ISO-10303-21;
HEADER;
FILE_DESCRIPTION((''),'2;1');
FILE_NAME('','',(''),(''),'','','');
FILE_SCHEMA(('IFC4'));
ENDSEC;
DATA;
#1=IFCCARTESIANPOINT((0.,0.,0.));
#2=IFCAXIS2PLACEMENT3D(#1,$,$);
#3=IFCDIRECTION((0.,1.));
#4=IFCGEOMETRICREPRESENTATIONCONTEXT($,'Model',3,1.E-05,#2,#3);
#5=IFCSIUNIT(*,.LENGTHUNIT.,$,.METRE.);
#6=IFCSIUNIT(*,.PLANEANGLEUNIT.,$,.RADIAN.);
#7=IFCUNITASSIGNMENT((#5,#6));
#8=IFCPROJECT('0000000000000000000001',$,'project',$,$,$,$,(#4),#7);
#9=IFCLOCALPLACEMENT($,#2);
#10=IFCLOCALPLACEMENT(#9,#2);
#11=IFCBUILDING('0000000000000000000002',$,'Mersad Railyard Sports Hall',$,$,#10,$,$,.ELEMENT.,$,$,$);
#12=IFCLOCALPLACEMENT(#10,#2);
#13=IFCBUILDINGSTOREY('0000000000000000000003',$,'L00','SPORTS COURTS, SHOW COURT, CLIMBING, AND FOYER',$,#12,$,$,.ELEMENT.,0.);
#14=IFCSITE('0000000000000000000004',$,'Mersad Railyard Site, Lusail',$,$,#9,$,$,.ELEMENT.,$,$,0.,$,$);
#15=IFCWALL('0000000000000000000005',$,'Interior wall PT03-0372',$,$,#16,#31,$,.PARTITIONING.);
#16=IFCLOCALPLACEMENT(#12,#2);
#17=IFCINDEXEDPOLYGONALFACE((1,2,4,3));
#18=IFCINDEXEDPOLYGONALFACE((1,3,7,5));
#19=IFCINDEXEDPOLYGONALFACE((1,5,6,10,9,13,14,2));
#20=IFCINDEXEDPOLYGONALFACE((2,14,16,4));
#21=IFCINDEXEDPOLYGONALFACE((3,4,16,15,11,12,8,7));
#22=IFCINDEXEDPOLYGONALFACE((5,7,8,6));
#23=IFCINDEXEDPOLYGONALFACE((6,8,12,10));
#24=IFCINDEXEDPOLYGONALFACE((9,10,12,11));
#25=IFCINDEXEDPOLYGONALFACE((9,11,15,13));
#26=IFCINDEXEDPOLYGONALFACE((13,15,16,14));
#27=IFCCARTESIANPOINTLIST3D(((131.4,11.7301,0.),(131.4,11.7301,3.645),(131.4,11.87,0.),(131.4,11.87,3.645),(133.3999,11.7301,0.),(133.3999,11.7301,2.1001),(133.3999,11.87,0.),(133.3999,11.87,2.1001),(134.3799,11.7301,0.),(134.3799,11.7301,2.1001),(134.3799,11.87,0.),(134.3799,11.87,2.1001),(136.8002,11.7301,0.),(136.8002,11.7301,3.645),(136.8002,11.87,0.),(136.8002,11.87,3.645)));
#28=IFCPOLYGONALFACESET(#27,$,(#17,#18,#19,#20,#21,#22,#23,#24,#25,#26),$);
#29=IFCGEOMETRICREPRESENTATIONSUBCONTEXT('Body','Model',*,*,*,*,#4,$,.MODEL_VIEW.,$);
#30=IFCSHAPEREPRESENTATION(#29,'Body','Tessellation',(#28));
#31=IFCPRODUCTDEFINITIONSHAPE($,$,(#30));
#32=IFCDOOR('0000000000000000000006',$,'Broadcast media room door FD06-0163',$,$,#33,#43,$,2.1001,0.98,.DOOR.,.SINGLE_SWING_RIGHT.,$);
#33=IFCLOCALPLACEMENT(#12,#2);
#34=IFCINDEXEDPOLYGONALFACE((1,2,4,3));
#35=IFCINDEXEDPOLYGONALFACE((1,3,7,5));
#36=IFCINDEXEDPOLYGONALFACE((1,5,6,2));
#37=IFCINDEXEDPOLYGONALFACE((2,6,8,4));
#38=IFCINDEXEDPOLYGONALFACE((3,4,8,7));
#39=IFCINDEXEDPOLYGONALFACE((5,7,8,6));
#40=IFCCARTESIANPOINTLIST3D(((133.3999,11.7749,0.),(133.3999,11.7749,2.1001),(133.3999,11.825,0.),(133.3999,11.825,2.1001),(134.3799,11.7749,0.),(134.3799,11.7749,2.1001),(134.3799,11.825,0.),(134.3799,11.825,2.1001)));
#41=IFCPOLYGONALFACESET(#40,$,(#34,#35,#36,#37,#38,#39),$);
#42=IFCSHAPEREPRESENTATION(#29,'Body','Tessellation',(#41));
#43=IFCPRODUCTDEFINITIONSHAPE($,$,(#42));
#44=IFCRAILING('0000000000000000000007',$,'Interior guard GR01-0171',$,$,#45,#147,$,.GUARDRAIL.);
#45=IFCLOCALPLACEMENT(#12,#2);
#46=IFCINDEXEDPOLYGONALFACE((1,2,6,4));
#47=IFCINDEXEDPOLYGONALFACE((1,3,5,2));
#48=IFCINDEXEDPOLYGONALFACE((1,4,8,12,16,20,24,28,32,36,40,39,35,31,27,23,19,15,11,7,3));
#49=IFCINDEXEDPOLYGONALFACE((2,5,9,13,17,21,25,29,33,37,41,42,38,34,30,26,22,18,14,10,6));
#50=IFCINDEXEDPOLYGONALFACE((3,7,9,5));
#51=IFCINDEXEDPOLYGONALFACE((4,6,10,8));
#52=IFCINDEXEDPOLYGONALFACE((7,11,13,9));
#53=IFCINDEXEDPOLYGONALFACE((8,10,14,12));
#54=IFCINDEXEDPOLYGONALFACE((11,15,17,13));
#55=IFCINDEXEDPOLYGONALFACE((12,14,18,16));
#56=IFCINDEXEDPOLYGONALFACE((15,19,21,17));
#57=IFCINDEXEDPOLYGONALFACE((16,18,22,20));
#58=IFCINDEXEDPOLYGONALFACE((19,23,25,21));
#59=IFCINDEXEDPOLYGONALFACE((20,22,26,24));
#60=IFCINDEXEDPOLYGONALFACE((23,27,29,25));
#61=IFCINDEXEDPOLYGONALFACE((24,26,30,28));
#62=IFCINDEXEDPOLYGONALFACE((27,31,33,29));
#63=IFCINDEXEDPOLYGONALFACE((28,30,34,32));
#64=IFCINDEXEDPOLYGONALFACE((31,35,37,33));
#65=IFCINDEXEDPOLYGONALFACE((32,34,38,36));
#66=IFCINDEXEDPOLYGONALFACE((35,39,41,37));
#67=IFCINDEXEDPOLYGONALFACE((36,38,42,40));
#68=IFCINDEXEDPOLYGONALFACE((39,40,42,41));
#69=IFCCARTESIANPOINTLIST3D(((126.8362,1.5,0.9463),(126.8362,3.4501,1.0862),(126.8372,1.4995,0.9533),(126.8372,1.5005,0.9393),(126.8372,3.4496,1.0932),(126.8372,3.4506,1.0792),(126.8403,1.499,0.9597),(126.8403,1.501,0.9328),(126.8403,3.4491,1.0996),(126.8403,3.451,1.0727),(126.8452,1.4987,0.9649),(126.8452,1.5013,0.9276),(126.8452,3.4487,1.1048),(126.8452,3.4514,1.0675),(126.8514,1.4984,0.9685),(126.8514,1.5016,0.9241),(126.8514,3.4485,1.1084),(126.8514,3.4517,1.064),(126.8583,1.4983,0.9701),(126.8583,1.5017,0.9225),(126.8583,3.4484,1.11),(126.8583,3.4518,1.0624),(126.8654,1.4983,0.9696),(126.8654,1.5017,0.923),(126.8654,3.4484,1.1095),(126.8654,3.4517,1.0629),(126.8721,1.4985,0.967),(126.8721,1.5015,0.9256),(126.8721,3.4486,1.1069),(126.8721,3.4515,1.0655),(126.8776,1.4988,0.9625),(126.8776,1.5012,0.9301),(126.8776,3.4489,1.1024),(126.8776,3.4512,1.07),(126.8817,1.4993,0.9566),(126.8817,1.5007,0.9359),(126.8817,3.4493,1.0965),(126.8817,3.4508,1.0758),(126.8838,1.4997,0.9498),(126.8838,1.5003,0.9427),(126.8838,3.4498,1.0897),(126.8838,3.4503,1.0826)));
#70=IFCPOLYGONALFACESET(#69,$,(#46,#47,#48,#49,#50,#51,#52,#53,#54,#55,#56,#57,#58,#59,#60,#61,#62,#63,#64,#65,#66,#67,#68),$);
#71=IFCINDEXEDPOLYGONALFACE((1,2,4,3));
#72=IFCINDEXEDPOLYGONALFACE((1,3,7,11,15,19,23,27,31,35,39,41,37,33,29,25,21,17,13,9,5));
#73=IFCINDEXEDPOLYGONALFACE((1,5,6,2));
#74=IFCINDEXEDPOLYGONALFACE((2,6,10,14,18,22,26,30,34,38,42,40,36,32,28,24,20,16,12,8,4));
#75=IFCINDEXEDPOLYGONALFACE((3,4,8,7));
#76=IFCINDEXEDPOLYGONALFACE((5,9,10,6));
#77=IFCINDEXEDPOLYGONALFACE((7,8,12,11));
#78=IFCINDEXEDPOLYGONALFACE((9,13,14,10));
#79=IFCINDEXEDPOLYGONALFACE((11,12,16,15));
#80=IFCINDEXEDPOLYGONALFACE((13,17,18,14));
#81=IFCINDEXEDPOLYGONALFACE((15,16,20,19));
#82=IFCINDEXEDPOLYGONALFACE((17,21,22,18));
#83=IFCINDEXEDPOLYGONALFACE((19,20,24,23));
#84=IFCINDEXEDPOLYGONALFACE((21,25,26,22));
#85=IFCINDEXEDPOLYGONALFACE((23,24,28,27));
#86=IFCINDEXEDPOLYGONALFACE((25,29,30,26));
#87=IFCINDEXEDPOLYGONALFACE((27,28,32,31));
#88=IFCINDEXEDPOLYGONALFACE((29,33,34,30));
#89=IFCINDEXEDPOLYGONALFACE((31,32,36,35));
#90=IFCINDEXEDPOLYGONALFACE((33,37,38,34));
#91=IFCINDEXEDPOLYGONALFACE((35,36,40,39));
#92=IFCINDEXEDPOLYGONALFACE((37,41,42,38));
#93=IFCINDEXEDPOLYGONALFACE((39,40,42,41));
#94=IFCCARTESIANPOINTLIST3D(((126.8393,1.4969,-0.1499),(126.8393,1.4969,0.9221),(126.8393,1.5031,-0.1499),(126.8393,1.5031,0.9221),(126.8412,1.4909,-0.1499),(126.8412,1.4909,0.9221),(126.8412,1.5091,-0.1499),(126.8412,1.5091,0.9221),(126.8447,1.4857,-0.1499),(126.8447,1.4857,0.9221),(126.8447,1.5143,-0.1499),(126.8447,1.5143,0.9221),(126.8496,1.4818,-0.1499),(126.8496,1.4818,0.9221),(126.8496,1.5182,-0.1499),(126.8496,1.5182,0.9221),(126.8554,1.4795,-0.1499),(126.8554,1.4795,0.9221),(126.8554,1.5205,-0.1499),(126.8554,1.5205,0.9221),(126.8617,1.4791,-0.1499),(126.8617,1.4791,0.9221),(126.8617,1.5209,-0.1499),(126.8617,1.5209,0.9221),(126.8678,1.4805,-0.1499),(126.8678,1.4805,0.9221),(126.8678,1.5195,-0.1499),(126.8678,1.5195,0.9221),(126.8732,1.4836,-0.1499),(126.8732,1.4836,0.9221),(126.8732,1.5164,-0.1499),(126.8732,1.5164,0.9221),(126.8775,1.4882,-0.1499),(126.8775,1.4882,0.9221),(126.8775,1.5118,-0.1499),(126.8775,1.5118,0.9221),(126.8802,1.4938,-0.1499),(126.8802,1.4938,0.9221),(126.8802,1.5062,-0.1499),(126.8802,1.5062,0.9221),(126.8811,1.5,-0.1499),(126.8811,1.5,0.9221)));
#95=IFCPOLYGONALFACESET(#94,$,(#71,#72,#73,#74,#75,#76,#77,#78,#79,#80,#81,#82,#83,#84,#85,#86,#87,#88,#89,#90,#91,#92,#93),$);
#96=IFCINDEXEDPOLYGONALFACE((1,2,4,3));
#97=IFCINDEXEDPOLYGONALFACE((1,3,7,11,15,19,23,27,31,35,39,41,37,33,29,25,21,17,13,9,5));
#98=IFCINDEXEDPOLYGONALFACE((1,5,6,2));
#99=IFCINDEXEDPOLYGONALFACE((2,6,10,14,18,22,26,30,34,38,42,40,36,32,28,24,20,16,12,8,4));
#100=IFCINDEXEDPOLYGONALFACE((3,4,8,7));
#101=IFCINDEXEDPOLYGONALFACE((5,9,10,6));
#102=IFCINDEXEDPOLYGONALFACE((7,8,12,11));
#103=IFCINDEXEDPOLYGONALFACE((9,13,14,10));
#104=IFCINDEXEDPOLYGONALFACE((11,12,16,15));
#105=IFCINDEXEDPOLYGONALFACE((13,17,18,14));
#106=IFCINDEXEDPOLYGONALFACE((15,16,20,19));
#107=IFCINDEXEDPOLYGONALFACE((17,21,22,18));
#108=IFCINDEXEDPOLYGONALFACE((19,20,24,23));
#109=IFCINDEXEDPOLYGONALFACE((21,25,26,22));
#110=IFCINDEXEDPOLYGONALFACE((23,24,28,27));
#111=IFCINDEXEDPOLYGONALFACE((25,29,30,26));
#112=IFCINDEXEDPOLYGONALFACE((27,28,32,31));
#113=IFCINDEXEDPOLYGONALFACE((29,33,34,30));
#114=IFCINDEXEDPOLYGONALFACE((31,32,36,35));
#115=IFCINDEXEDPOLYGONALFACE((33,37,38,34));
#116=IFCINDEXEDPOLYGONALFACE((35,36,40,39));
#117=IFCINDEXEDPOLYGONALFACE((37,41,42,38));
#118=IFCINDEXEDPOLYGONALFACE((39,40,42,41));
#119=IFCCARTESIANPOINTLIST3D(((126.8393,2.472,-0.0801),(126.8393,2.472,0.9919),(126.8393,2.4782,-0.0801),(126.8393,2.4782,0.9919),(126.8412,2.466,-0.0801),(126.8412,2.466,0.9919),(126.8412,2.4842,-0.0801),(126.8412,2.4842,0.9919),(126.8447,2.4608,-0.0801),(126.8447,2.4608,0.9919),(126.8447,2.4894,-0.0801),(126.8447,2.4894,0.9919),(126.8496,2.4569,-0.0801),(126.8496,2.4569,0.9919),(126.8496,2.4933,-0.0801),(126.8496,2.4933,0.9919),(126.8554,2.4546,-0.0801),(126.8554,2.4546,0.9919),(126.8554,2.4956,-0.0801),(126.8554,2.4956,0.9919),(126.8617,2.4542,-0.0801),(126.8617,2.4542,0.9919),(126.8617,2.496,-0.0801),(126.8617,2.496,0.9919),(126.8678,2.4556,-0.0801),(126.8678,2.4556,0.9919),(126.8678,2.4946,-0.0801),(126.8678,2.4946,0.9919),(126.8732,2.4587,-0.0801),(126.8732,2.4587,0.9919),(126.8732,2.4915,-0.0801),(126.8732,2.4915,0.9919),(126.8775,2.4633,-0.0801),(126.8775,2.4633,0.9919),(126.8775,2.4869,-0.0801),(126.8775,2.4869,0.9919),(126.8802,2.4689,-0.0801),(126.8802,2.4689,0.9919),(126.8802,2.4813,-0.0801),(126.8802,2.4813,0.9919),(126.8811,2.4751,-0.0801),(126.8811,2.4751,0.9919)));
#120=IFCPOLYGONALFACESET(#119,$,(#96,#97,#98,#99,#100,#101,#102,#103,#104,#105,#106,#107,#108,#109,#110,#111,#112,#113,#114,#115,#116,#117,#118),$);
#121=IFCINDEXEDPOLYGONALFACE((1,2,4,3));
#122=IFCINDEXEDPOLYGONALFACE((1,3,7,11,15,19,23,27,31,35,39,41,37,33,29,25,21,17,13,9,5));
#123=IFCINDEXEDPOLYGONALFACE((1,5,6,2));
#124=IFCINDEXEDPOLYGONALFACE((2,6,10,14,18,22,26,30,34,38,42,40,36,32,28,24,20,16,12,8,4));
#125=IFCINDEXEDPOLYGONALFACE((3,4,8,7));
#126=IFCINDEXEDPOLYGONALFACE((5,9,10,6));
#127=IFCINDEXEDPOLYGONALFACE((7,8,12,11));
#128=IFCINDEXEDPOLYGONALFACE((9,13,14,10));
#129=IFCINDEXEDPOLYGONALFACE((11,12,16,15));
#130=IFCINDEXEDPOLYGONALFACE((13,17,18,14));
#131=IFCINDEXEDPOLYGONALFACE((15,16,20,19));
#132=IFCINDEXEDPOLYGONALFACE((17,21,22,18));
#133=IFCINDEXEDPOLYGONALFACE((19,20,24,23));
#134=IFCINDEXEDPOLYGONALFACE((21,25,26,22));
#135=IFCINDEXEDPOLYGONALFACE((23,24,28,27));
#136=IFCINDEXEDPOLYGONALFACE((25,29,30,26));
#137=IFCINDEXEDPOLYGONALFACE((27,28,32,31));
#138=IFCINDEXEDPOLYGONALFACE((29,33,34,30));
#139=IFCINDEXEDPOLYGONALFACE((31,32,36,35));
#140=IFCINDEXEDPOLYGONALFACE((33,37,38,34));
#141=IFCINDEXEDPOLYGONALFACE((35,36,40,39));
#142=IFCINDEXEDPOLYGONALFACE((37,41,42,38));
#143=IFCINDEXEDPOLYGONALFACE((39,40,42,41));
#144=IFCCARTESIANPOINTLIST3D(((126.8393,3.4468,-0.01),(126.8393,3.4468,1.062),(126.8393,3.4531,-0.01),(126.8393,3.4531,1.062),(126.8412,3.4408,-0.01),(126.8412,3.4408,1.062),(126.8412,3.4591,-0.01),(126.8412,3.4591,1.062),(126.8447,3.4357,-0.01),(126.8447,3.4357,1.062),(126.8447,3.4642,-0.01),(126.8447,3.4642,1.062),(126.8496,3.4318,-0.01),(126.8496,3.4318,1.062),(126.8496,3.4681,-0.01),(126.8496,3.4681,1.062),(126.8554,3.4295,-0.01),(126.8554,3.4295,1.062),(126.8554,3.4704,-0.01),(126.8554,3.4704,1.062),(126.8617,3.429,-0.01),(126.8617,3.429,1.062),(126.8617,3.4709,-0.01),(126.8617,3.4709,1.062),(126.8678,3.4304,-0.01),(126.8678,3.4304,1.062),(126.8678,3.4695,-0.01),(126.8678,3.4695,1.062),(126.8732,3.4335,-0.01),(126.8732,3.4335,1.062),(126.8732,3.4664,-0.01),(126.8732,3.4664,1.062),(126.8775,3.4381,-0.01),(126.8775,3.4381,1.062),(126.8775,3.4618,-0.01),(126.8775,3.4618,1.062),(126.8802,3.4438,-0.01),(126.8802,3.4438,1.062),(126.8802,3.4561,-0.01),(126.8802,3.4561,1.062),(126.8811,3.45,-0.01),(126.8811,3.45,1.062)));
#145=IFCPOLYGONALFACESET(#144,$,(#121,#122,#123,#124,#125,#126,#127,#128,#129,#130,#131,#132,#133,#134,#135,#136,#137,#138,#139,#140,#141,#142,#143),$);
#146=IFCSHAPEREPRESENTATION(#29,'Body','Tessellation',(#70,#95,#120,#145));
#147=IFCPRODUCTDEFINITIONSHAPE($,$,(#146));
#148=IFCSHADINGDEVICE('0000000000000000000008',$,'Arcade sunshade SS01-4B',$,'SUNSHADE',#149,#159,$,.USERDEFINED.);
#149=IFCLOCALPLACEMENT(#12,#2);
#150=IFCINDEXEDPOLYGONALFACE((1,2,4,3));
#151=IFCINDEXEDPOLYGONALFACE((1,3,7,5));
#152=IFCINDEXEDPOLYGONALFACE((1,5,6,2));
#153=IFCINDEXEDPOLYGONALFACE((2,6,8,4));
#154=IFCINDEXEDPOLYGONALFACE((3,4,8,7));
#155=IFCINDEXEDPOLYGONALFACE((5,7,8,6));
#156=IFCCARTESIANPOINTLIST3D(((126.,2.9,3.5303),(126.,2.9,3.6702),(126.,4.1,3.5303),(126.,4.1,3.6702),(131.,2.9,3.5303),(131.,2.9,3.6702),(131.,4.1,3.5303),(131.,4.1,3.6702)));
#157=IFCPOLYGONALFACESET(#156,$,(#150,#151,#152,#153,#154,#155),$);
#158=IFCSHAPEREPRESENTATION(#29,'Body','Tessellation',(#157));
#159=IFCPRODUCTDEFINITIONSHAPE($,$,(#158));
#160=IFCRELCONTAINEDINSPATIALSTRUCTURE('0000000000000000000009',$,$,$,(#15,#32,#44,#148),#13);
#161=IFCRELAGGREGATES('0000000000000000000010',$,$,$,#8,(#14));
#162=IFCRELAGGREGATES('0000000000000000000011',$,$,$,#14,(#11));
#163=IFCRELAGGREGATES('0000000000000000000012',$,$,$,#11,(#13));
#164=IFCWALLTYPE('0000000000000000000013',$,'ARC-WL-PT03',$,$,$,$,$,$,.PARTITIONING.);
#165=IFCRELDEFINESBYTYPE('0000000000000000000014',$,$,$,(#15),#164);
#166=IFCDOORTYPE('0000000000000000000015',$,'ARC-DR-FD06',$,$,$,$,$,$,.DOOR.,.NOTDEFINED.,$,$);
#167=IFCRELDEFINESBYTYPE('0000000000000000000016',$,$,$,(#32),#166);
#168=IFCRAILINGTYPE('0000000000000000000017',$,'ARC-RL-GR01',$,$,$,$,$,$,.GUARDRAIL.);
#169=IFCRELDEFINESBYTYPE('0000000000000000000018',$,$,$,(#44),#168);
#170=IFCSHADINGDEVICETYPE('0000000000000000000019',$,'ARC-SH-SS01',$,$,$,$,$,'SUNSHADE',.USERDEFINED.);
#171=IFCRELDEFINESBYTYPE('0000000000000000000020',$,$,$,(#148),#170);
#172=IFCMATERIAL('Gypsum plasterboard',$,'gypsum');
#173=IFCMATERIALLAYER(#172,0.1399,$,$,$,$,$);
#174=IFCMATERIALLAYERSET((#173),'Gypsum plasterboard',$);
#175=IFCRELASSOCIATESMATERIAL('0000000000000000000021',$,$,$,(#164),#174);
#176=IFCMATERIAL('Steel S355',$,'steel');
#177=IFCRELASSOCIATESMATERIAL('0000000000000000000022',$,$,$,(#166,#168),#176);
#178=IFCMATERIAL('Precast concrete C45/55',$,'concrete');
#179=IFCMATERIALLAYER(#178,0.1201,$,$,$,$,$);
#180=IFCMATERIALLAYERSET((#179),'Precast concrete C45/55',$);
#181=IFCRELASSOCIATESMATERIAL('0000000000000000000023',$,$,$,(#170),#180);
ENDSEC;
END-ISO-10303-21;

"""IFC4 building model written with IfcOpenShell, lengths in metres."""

from ifc_helpers import new_model, si_unit, direction, frame, frame_2d, origin, origin_2d, place, context, subcontext, project, spatial, rectangle, circle, extrude, material, layer, layer_set, type_object, element, fill, save


model = new_model("IFC4")

# Units and contexts
model_context = context("Model", 3, precision=1e-05, world=origin(), true_north=direction((0.0, 1.0)))
body_context = subcontext(model_context, "Body", "Model", "MODEL_VIEW")
ifc_project = project(units=[si_unit("LENGTHUNIT", "METRE"), si_unit("PLANEANGLEUNIT", "RADIAN")], contexts=[model_context])

# Site, building, storey
site_placement = place(None, origin())
site = spatial("IfcSite", under=ifc_project, at=site_placement, Name="Mersad Railyard Site, Lusail", CompositionType="ELEMENT", RefElevation=0.0)
building_placement = place(site_placement, origin())
building = spatial("IfcBuilding", under=site, at=building_placement, Name="Mersad Railyard Sports Hall", CompositionType="ELEMENT")
storey_placement = place(building_placement, origin())
storey = spatial("IfcBuildingStorey", under=building, at=storey_placement, Name="L00", Description="SPORTS COURTS, SHOW COURT, CLIMBING, AND FOYER", CompositionType="ELEMENT", Elevation=0.0)

# Wall, opening, door
ifc_material_1 = material(Name="Gypsum plasterboard", Category="gypsum")
ifc_material_2 = material(Name="Steel S355", Category="steel")
ifc_layer_1 = layer(ifc_material_1, 0.1399)
ifc_layer_set_1 = layer_set([ifc_layer_1], Name="Gypsum plasterboard")
wall_type_1 = type_object("IfcWallType", Name="ARC-WL-PT03", PredefinedType="PARTITIONING", material=ifc_layer_set_1)
wall_1_placement = place(storey_placement, frame((131.3999, 11.8, 0.0), z_axis=(0.0, 0.0, 1.0), x_axis=(1.0, 0.0, 0.0)))
wall_1 = element("IfcWall", 1, at=wall_1_placement, inside=storey, type_object=wall_type_1, Name="Interior wall PT03-0372", PredefinedType="PARTITIONING", context=body_context, shape_type="SweptSolid", body=[
    extrude(rectangle(XDim=5.4001, YDim=0.1399, at=frame_2d((2.7002, 0.0))), origin(), (0.0, 0.0, 1.0), 3.645),
])
opening_1_placement = place(wall_1_placement, frame((2.0, 0.0, 0.0)))
opening_1 = element("IfcOpeningElement", 2, at=opening_1_placement, cuts=wall_1, PredefinedType="OPENING", context=body_context, shape_type="SweptSolid", body=[
    extrude(rectangle(XDim=0.98, YDim=2.1001, at=frame_2d((0.49, 1.05))), frame((0.0, 0.0798, 0.0), z_axis=(0.0, -1.0, 0.0), x_axis=(1.0, 0.0, 0.0)), (0.0, 0.0, 1.0), 0.1599),
])
door_type_1 = type_object("IfcDoorType", Name="ARC-DR-FD06", OperationType="NOTDEFINED", PredefinedType="DOOR", material=ifc_material_2)
door_1_placement = place(opening_1_placement, origin())
door_1 = element("IfcDoor", 3, at=door_1_placement, inside=storey, type_object=door_type_1, Name="Broadcast media room door FD06-0163", OperationType="SINGLE_SWING_RIGHT", OverallHeight=2.1001, OverallWidth=0.98, PredefinedType="DOOR", context=body_context, shape_type="SweptSolid", body=[
    extrude(rectangle(XDim=0.98, YDim=2.1001, at=frame_2d((0.49, 1.05))), frame((0.0, 0.0249, 0.0), z_axis=(0.0, -1.0, 0.0), x_axis=(1.0, 0.0, 0.0)), (0.0, 0.0, 1.0), 0.05),
])
fill(opening_1, door_1)

# Railing
railing_type = type_object("IfcRailingType", Name="ARC-RL-GR01", PredefinedType="GUARDRAIL", material=ifc_material_2)
railing_placement = place(storey_placement, frame((126.8601, 1.5, -0.1499)))
element("IfcRailing", 4, at=railing_placement, inside=storey, type_object=railing_type, Name="Interior guard GR01-0171", PredefinedType="GUARDRAIL", context=body_context, shape_type="SweptSolid", body=[
    extrude(circle(Radius=0.0239, at=origin_2d()), frame((0.0, 0.0, 1.0962), z_axis=(0.0, 0.997436, 0.071558), x_axis=(-1.0, 0.0, 0.0)), (0.0, 0.0, 1.0), 1.9551),
    extrude(circle(Radius=0.021, at=origin_2d()), origin(), (0.0, 0.0, 1.0), 1.072),
    extrude(circle(Radius=0.021, at=origin_2d()), frame((0.0, 0.9751, 0.0698)), (0.0, 0.0, 1.0), 1.072),
    extrude(circle(Radius=0.021, at=origin_2d()), frame((0.0, 1.95, 0.1399)), (0.0, 0.0, 1.0), 1.072),
])

# Shading device
ifc_material_3 = material(Name="Precast concrete C45/55", Category="concrete")
ifc_layer_2 = layer(ifc_material_3, 0.1201)
ifc_layer_set_2 = layer_set([ifc_layer_2], Name="Precast concrete C45/55")
shading_device_type = type_object("IfcShadingDeviceType", Name="ARC-SH-SS01", ElementType="SUNSHADE", PredefinedType="USERDEFINED", material=ifc_layer_set_2)
shading_device_placement = place(storey_placement, frame((128.5, 3.5, 3.5303), z_axis=(0.0, 0.0, 1.0), x_axis=(1.0, 0.0, 0.0)))
element("IfcShadingDevice", 5, at=shading_device_placement, inside=storey, type_object=shading_device_type, Name="Arcade sunshade SS01-4B", ObjectType="SUNSHADE", PredefinedType="USERDEFINED", context=body_context, shape_type="SweptSolid", body=[
    extrude(rectangle(XDim=5.0, YDim=1.2, at=origin_2d()), origin(), (0.0, 0.0, 1.0), 0.1399),
])

save(model, "model.ifc")
